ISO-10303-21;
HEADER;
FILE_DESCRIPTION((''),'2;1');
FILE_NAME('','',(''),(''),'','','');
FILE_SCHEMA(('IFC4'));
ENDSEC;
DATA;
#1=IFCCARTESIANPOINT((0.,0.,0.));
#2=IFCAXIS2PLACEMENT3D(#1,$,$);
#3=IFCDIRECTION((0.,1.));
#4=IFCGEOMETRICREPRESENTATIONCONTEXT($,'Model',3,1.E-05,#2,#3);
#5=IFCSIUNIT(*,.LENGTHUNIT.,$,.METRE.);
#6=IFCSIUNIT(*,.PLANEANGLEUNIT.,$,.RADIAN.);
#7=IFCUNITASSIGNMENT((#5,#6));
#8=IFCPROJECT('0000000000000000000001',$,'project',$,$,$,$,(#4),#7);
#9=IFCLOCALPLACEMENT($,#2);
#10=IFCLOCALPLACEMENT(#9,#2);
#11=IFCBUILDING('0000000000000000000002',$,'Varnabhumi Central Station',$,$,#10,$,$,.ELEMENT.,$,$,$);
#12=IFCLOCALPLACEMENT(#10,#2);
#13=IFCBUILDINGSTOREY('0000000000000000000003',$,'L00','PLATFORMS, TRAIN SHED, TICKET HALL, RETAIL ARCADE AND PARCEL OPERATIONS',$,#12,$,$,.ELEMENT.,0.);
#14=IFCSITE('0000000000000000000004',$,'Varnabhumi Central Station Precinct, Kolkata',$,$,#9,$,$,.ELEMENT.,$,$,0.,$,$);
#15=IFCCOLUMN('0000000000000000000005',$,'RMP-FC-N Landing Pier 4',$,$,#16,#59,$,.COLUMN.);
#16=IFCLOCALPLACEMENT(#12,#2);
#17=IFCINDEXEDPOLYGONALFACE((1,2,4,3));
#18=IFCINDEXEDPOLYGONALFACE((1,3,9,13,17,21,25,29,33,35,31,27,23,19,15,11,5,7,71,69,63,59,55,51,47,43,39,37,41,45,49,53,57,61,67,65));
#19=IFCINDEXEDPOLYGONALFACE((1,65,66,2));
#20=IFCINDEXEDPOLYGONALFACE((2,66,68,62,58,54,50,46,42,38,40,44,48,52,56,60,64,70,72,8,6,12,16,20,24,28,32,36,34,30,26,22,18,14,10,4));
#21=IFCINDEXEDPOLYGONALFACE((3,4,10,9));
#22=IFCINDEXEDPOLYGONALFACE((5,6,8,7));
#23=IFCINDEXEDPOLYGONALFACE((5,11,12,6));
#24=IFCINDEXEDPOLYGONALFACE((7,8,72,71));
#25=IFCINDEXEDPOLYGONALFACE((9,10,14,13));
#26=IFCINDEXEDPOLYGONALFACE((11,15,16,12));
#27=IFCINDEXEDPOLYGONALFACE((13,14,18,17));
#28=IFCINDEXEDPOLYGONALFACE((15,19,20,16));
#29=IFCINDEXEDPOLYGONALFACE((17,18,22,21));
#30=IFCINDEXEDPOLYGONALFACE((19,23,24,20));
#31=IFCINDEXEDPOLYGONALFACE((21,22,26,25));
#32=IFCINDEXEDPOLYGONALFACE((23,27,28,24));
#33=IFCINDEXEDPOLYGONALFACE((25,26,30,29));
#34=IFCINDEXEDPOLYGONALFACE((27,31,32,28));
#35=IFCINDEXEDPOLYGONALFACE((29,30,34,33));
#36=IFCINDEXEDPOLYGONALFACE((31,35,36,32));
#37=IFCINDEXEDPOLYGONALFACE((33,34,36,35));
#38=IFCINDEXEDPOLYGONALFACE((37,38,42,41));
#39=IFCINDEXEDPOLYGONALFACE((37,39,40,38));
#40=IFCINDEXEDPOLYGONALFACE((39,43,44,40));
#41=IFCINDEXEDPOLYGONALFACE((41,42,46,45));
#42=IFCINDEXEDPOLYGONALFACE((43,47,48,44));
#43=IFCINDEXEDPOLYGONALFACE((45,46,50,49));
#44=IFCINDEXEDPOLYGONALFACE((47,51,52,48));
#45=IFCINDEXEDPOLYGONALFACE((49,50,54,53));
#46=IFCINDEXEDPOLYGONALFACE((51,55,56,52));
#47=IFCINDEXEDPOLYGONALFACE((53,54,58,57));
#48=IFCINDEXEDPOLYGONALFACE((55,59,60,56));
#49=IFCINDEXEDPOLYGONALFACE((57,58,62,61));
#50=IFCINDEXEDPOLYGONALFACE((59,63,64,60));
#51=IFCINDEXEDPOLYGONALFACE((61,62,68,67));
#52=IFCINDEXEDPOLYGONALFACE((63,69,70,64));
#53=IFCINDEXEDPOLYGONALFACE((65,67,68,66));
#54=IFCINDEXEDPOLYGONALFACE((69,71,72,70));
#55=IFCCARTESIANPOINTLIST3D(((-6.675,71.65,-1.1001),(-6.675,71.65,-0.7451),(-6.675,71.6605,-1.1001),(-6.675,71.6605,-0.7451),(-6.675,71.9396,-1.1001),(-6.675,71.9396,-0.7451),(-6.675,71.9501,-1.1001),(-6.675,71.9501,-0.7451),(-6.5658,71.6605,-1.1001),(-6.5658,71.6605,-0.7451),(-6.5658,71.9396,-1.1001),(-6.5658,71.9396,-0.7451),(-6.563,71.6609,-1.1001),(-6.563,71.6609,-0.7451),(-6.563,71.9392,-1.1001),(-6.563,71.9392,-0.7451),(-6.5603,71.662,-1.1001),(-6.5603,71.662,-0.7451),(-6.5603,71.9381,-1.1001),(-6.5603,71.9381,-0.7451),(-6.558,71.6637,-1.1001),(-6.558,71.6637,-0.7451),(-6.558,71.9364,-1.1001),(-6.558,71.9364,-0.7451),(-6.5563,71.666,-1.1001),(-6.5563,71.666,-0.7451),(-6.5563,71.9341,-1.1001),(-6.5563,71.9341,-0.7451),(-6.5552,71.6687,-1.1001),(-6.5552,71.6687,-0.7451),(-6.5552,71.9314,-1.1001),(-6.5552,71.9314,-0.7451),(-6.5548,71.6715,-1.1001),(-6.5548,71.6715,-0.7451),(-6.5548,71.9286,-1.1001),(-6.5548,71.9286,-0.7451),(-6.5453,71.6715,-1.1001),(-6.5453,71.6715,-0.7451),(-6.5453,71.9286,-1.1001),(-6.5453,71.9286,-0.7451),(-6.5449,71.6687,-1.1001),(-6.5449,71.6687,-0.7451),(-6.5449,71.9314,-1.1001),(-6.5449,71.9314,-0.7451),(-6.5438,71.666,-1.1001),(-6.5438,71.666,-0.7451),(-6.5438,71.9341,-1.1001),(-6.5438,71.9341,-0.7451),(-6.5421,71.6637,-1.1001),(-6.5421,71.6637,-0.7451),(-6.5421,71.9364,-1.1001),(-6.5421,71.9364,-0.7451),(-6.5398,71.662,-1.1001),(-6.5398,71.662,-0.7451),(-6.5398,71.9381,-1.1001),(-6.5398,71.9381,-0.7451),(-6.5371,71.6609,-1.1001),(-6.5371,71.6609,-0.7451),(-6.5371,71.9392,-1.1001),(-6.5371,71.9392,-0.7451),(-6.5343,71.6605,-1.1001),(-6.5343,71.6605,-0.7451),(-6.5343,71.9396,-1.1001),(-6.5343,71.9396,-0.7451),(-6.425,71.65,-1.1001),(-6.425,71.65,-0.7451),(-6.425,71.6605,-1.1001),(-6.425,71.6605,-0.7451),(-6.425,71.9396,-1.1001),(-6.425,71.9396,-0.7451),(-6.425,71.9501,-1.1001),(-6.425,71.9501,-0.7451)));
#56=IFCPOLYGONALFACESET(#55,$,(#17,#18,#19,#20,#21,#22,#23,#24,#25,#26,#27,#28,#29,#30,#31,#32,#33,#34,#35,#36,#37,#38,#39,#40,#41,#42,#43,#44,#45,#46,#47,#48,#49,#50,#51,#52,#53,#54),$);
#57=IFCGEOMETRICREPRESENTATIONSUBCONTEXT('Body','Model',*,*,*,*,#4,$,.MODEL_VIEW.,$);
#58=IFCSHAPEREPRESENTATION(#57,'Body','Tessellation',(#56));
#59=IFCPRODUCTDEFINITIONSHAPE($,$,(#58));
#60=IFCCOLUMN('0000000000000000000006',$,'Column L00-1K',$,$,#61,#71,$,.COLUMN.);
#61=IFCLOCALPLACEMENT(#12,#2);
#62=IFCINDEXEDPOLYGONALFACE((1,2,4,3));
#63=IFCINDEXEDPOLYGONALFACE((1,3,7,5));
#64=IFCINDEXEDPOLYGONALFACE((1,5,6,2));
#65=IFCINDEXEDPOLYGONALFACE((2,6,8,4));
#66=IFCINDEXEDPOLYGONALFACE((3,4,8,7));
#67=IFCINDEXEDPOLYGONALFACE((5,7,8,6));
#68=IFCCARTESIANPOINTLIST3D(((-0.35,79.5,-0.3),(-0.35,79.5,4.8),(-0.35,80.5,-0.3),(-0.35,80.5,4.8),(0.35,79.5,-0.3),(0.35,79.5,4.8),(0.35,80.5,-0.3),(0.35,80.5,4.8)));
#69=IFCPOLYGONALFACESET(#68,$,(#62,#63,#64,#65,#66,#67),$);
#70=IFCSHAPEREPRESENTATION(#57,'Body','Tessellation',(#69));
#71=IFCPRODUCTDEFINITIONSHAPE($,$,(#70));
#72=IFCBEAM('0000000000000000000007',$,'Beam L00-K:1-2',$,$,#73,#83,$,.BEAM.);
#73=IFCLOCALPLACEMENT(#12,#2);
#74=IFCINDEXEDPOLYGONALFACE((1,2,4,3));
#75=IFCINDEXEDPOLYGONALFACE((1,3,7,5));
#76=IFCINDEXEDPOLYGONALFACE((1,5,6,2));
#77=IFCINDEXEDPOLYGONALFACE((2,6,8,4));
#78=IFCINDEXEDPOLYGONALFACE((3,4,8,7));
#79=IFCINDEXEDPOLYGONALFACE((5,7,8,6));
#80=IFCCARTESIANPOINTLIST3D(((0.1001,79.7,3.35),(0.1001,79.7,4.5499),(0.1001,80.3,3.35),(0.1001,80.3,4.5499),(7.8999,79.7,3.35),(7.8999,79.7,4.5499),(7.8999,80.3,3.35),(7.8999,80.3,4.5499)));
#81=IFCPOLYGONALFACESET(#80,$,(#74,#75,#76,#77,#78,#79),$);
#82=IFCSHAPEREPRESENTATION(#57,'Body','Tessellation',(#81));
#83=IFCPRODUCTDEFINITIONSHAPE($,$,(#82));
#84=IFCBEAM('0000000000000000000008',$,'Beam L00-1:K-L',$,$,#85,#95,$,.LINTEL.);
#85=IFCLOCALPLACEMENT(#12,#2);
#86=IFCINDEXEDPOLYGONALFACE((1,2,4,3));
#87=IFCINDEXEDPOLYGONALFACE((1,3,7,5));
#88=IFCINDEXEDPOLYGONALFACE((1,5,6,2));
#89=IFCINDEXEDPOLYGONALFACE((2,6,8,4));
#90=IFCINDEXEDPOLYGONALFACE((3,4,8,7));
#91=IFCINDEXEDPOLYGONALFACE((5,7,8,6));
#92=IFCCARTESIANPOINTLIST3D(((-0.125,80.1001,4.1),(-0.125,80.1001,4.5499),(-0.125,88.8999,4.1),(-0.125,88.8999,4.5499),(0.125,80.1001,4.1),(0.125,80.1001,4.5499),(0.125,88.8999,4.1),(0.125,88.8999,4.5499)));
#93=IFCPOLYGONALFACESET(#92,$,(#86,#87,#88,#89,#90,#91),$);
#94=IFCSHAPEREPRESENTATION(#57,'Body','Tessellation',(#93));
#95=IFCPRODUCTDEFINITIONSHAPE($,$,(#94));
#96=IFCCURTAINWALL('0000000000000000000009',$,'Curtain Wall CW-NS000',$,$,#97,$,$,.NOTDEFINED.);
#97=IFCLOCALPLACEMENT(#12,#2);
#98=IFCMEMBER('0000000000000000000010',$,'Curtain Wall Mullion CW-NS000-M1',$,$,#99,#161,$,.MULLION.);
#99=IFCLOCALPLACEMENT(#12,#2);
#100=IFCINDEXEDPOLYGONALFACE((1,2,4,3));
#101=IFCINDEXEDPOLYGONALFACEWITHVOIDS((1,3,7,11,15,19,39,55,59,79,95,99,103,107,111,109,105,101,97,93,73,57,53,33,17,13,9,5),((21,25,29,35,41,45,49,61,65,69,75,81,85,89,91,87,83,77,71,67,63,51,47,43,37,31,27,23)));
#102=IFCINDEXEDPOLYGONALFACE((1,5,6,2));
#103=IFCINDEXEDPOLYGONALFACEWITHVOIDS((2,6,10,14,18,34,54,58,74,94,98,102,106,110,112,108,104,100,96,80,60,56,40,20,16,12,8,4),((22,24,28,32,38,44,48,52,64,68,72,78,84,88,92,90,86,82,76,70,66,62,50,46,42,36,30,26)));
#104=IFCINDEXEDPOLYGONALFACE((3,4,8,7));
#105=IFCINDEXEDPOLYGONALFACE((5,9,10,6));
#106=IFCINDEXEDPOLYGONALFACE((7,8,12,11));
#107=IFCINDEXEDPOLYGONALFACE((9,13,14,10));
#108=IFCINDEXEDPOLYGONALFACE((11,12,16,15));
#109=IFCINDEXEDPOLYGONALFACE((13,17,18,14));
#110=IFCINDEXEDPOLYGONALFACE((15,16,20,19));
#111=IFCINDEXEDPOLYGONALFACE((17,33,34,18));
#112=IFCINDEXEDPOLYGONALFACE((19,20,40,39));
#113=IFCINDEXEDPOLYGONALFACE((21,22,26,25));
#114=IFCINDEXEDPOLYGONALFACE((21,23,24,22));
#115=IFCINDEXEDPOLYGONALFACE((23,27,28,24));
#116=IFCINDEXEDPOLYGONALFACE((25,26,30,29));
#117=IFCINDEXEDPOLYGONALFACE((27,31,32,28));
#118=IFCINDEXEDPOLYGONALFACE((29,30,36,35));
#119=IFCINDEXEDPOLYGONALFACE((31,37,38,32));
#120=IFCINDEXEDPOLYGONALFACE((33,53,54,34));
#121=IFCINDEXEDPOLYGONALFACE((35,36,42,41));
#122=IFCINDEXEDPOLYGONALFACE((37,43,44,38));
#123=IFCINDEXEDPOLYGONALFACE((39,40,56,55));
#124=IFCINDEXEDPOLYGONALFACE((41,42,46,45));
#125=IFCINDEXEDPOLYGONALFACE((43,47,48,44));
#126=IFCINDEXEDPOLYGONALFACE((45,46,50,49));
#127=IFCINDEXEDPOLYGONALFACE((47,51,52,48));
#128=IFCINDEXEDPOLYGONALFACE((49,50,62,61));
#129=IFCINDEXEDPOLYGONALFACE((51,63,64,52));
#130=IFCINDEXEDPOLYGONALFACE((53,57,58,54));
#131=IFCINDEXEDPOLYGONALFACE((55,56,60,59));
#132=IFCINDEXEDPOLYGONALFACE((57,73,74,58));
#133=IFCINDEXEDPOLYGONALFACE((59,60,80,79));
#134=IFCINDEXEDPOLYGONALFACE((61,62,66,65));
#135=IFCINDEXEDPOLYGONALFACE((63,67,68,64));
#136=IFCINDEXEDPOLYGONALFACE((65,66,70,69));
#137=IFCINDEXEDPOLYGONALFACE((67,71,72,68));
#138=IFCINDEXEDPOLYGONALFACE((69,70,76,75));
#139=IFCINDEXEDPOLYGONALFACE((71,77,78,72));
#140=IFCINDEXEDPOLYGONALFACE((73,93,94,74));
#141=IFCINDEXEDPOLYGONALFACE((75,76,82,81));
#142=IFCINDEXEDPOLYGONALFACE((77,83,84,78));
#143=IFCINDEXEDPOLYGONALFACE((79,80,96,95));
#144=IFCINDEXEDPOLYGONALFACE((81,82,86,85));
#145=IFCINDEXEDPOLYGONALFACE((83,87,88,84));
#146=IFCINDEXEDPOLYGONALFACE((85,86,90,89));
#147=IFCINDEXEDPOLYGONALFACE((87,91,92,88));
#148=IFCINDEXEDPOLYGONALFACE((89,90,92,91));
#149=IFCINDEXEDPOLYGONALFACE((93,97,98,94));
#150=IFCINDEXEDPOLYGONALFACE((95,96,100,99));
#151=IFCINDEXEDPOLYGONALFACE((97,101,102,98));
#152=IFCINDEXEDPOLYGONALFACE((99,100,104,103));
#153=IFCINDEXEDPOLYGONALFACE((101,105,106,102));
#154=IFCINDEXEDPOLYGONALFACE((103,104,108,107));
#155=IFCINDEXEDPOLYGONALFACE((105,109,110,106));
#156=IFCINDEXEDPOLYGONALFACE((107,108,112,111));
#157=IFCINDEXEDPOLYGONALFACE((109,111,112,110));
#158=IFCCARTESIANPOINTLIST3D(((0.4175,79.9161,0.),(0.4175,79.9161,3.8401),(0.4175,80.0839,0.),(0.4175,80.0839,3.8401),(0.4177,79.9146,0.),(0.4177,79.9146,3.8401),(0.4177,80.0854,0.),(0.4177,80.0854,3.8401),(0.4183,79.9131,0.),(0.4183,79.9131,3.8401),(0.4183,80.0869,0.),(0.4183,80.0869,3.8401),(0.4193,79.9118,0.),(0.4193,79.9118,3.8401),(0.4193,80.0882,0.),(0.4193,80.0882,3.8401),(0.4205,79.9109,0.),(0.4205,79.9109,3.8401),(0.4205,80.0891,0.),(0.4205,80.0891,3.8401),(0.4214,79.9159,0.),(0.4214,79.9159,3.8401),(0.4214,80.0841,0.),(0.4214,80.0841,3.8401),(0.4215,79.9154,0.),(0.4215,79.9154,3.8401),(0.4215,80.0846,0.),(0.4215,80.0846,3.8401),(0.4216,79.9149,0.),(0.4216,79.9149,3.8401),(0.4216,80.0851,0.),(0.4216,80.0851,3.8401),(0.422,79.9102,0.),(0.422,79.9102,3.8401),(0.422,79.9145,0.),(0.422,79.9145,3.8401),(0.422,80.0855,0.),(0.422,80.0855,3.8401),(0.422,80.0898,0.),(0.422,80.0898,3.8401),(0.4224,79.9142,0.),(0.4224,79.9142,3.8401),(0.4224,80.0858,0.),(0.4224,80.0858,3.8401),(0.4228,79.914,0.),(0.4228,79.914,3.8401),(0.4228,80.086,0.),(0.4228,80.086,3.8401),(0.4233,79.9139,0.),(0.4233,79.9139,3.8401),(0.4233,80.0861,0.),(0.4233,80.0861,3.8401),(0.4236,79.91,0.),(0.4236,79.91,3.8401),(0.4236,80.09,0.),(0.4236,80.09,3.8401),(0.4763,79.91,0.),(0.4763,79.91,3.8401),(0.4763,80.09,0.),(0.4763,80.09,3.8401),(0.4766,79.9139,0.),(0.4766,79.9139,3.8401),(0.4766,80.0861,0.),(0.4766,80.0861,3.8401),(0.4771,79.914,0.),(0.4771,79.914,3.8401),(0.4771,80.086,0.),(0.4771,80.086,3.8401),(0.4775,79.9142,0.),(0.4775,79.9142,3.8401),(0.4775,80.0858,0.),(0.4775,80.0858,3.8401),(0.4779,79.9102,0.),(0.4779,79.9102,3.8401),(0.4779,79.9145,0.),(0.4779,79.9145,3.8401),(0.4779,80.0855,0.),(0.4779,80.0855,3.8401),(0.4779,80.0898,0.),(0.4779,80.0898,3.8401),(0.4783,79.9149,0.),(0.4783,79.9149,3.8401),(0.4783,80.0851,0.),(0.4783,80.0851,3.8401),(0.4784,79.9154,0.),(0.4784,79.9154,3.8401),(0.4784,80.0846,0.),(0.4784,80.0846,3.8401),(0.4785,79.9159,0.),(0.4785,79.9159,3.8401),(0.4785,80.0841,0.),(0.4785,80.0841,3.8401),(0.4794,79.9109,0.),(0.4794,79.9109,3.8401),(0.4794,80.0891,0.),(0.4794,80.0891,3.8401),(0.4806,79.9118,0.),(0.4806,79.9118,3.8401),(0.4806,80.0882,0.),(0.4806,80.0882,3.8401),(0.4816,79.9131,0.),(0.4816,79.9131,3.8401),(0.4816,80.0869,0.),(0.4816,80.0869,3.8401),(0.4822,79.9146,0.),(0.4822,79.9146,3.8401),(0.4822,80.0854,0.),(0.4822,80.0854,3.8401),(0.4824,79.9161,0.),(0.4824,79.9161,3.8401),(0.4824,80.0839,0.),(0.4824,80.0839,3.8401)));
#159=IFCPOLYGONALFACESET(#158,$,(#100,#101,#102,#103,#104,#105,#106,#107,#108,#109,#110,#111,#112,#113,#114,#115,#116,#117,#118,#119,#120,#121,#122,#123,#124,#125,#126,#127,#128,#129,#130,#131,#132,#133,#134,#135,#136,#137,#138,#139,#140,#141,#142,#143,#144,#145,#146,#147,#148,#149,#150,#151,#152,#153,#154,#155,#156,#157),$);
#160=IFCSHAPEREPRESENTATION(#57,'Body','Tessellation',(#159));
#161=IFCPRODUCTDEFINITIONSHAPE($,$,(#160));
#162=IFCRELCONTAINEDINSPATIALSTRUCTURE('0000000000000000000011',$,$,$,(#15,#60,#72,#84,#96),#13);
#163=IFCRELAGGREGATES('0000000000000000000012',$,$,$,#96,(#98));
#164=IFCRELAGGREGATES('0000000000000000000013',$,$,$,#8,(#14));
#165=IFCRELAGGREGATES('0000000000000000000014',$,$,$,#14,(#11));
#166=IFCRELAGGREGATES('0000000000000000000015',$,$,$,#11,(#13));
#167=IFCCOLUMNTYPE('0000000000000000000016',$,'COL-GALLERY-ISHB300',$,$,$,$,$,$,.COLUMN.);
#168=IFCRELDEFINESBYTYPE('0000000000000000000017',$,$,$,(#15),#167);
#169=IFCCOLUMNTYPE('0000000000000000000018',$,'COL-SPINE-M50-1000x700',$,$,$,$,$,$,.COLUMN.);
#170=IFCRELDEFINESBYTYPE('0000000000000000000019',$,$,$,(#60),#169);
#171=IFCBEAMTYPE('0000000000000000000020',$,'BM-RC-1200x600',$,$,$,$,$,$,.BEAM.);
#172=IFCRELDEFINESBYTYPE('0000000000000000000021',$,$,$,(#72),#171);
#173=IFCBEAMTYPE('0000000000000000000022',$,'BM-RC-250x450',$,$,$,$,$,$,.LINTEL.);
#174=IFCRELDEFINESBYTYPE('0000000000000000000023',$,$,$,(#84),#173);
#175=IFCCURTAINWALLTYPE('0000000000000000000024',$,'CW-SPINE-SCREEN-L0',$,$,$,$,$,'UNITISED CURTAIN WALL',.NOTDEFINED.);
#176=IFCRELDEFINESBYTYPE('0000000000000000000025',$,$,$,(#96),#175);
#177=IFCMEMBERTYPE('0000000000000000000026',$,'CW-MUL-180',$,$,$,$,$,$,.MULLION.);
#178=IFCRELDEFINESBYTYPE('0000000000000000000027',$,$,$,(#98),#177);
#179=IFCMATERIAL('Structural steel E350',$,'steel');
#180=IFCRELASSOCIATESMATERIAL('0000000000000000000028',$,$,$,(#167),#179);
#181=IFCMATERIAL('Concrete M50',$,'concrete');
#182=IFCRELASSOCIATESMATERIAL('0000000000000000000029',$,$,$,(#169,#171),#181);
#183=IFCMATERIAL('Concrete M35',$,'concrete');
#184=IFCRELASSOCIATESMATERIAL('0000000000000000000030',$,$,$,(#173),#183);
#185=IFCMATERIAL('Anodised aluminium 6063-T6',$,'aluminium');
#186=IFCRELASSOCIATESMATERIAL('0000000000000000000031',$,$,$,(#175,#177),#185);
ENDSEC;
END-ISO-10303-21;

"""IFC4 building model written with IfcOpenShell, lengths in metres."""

from ifc_helpers import new_model, si_unit, direction, frame, origin, origin_2d, place, context, subcontext, project, spatial, rectangle, hollow_rectangle, i_section, extrude, material, material_profile, profile_set, type_object, element, aggregate, save


model = new_model("IFC4")

# Units and contexts
model_context = context("Model", 3, precision=1e-05, world=origin(), true_north=direction((0.0, 1.0)))
body_context = subcontext(model_context, "Body", "Model", "MODEL_VIEW")
ifc_project = project(units=[si_unit("LENGTHUNIT", "METRE"), si_unit("PLANEANGLEUNIT", "RADIAN")], contexts=[model_context])

# Site, building, storey
site_placement = place(None, origin())
site = spatial("IfcSite", under=ifc_project, at=site_placement, Name="Varnabhumi Central Station Precinct, Kolkata", CompositionType="ELEMENT", RefElevation=0.0)
building_placement = place(site_placement, origin())
building = spatial("IfcBuilding", under=site, at=building_placement, Name="Varnabhumi Central Station", CompositionType="ELEMENT")
storey_placement = place(building_placement, origin())
storey = spatial("IfcBuildingStorey", under=building, at=storey_placement, Name="L00", Description="PLATFORMS, TRAIN SHED, TICKET HALL, RETAIL ARCADE AND PARCEL OPERATIONS", CompositionType="ELEMENT", Elevation=0.0)

# Shared definitions
ifc_material_1 = material(Name="Concrete M35", Category="concrete")

# Columns
ifc_material_2 = material(Name="Structural steel E350", Category="steel")
ifc_material_profile_1 = material_profile(ifc_material_2, i_section(OverallWidth=0.25, OverallDepth=0.3, WebThickness=0.0095, FlangeThickness=0.0105, FilletRadius=0.011, at=origin_2d()), Name="Structural steel E350", Category="steel")
ifc_profile_set_1 = profile_set([ifc_material_profile_1], Name="Structural steel E350")
column_type_1 = type_object("IfcColumnType", Name="COL-GALLERY-ISHB300", PredefinedType="COLUMN", material=ifc_profile_set_1)
for number, where, z_axis, x_axis, name in (
    (1, (-6.55, 71.8, -1.1001), (0.0, 0.0, 1.0), (1.0, 0.0, 0.0), "RMP-FC-N Landing Pier 4"),
):
    element("IfcColumn", number, at=place(storey_placement, frame(where, z_axis=z_axis, x_axis=x_axis)), inside=storey, type_object=column_type_1, Name=name, PredefinedType="COLUMN", context=body_context, shape_type="SweptSolid", body=[
        extrude(i_section(OverallWidth=0.25, OverallDepth=0.3, WebThickness=0.0095, FlangeThickness=0.0105, FilletRadius=0.011, at=origin_2d()), origin(), (0.0, 0.0, 1.0), 0.355),
    ])
ifc_material_3 = material(Name="Concrete M50", Category="concrete")
ifc_material_profile_2 = material_profile(ifc_material_3, rectangle(XDim=0.7, YDim=1.0, at=origin_2d()), Name="Concrete M50", Category="concrete")
ifc_profile_set_2 = profile_set([ifc_material_profile_2], Name="Concrete M50")
column_type_2 = type_object("IfcColumnType", Name="COL-SPINE-M50-1000x700", PredefinedType="COLUMN", material=ifc_profile_set_2)
column_placement = place(storey_placement, frame((0.0, 80.0, -0.3), z_axis=(0.0, 0.0, 1.0), x_axis=(1.0, 0.0, 0.0)))
element("IfcColumn", 2, at=column_placement, inside=storey, type_object=column_type_2, Name="Column L00-1K", PredefinedType="COLUMN", context=body_context, shape_type="SweptSolid", body=[
    extrude(rectangle(XDim=0.7, YDim=1.0, at=origin_2d()), origin(), (0.0, 0.0, 1.0), 5.1001),
])

# Beams
ifc_material_profile_3 = material_profile(ifc_material_3, rectangle(XDim=0.6001, YDim=1.2, at=origin_2d()), Name="Concrete M50", Category="concrete")
ifc_profile_set_3 = profile_set([ifc_material_profile_3], Name="Concrete M50")
beam_type_1 = type_object("IfcBeamType", Name="BM-RC-1200x600", PredefinedType="BEAM", material=ifc_profile_set_3)
beam_1_placement = place(storey_placement, frame((0.1001, 80.0, 3.95), z_axis=(1.0, 0.0, 0.0), x_axis=(0.0, 1.0, 0.0)))
element("IfcBeam", 3, at=beam_1_placement, inside=storey, type_object=beam_type_1, Name="Beam L00-K:1-2", PredefinedType="BEAM", context=body_context, shape_type="SweptSolid", body=[
    extrude(rectangle(XDim=0.6001, YDim=1.2, at=origin_2d()), origin(), (0.0, 0.0, 1.0), 7.7998),
])
ifc_material_profile_4 = material_profile(ifc_material_1, rectangle(XDim=0.25, YDim=0.45, at=origin_2d()), Name="Concrete M35", Category="concrete")
ifc_profile_set_4 = profile_set([ifc_material_profile_4], Name="Concrete M35")
beam_type_2 = type_object("IfcBeamType", Name="BM-RC-250x450", PredefinedType="LINTEL", material=ifc_profile_set_4)
beam_2_placement = place(storey_placement, frame((0.0, 80.1001, 4.325), z_axis=(0.0, 1.0, 0.0), x_axis=(-1.0, 0.0, 0.0)))
element("IfcBeam", 4, at=beam_2_placement, inside=storey, type_object=beam_type_2, Name="Beam L00-1:K-L", PredefinedType="LINTEL", context=body_context, shape_type="SweptSolid", body=[
    extrude(rectangle(XDim=0.25, YDim=0.45, at=origin_2d()), origin(), (0.0, 0.0, 1.0), 8.7998),
])

# Curtain wall, member
ifc_material_4 = material(Name="Anodised aluminium 6063-T6", Category="aluminium")
curtain_wall_type = type_object("IfcCurtainWallType", Name="CW-SPINE-SCREEN-L0", ElementType="UNITISED CURTAIN WALL", PredefinedType="NOTDEFINED", material=ifc_material_4)
curtain_wall_placement = place(storey_placement, origin())
curtain_wall = element("IfcCurtainWall", 5, at=curtain_wall_placement, inside=storey, type_object=curtain_wall_type, Name="Curtain Wall CW-NS000", PredefinedType="NOTDEFINED")
ifc_material_profile_5 = material_profile(ifc_material_4, hollow_rectangle(XDim=0.0649, YDim=0.1799, WallThickness=0.0039, InnerFilletRadius=0.002, OuterFilletRadius=0.0061, at=origin_2d()), Name="Anodised aluminium 6063-T6", Category="aluminium")
ifc_profile_set_5 = profile_set([ifc_material_profile_5], Name="Anodised aluminium 6063-T6")
member_type_1 = type_object("IfcMemberType", Name="CW-MUL-180", PredefinedType="MULLION", material=ifc_profile_set_5)
member_1_placement = place(storey_placement, frame((0.45, 80.0, 0.0), z_axis=(0.0, 0.0, 1.0), x_axis=(1.0, 0.0, 0.0)))
member_1 = element("IfcMember", 6, at=member_1_placement, type_object=member_type_1, Name="Curtain Wall Mullion CW-NS000-M1", PredefinedType="MULLION", context=body_context, shape_type="SweptSolid", body=[
    extrude(hollow_rectangle(XDim=0.0649, YDim=0.1799, WallThickness=0.0039, InnerFilletRadius=0.002, OuterFilletRadius=0.0061, at=origin_2d()), origin(), (0.0, 0.0, 1.0), 3.8401),
])
aggregate(curtain_wall, [member_1])

save(model, "model.ifc")
